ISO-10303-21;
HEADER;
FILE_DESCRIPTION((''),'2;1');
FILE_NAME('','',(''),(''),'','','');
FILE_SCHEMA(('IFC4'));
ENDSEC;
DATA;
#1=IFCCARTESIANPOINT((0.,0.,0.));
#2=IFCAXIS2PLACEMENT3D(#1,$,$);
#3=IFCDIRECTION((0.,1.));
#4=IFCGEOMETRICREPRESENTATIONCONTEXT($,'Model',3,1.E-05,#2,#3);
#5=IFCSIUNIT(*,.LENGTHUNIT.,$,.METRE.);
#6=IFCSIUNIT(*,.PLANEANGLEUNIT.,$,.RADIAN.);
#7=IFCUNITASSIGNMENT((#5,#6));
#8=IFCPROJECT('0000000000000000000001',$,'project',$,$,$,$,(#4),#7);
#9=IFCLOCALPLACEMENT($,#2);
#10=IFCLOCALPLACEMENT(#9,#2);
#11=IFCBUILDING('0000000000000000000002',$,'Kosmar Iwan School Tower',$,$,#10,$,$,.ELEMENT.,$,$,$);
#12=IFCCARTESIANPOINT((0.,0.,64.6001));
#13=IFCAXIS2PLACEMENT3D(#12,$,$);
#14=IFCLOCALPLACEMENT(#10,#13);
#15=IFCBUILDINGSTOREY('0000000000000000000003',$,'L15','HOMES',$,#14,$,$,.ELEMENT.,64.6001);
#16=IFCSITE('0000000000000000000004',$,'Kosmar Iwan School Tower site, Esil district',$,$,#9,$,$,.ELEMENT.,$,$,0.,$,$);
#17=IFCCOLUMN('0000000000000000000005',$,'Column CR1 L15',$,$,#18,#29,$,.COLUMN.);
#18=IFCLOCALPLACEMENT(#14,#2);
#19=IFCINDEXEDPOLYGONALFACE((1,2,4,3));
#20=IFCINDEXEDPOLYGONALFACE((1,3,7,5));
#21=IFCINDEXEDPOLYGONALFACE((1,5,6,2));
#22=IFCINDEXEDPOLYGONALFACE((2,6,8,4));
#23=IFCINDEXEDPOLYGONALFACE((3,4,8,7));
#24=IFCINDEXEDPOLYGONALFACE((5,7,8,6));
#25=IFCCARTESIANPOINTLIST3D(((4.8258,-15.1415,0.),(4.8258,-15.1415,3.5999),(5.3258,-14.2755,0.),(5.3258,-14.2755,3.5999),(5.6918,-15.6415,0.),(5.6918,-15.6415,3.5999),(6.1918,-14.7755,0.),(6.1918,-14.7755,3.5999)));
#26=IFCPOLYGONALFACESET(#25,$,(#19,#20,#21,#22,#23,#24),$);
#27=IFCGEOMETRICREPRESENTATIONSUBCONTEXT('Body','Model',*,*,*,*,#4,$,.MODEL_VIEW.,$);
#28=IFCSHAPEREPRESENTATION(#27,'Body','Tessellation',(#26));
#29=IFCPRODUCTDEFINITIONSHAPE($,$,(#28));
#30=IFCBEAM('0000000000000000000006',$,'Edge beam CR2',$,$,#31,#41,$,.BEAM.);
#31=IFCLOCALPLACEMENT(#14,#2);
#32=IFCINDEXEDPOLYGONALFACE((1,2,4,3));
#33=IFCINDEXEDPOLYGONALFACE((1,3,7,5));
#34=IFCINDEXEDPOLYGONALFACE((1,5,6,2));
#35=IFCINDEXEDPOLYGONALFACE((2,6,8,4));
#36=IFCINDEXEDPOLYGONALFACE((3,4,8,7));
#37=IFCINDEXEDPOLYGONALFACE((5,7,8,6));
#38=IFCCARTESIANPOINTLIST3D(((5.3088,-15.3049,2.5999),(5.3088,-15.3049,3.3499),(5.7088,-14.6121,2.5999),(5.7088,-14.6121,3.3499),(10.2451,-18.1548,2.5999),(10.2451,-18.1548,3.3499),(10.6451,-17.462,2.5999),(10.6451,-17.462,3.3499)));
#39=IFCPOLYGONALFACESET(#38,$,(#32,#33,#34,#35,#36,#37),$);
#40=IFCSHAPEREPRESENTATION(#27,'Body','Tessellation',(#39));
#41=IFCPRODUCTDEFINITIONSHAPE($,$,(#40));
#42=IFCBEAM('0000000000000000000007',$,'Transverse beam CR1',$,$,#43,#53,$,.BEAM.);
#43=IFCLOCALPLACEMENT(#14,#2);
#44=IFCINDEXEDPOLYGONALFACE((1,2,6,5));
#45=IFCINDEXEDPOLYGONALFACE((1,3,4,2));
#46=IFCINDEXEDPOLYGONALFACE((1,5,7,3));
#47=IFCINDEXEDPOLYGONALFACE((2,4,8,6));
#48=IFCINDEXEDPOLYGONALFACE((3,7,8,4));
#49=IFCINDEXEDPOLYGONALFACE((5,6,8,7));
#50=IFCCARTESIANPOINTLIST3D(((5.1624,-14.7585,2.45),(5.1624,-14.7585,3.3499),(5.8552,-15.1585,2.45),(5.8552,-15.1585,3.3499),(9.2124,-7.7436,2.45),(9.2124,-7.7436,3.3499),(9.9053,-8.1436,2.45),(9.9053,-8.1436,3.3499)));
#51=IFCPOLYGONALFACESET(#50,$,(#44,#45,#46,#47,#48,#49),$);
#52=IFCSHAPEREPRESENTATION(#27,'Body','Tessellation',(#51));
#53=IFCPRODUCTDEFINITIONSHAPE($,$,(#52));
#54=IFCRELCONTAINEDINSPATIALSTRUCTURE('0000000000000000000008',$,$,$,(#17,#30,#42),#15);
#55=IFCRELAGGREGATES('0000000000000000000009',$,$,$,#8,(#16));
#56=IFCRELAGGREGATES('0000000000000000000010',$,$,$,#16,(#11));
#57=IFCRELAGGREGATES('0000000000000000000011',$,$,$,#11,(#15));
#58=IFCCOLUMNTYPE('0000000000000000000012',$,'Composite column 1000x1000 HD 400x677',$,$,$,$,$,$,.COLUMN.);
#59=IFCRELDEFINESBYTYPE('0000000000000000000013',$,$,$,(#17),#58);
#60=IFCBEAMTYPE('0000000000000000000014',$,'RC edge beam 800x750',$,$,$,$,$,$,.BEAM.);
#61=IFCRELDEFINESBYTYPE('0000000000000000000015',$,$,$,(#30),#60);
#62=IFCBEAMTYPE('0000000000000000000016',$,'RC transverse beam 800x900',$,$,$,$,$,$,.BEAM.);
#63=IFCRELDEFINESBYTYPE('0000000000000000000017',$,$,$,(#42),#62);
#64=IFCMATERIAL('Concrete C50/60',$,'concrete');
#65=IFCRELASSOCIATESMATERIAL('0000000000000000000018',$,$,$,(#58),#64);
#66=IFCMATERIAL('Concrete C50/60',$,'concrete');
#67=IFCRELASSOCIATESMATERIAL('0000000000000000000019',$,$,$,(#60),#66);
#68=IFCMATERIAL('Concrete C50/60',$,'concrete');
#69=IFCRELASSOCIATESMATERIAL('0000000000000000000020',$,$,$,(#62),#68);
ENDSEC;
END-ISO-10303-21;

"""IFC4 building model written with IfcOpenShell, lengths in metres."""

from ifc_helpers import new_model, si_unit, direction, frame, origin, origin_2d, place, context, subcontext, project, spatial, rectangle, extrude, material, material_profile, profile_set, type_object, element, save


model = new_model("IFC4")

# Units and contexts
model_context = context("Model", 3, precision=1e-05, world=origin(), true_north=direction((0.0, 1.0)))
body_context = subcontext(model_context, "Body", "Model", "MODEL_VIEW")
ifc_project = project(units=[si_unit("LENGTHUNIT", "METRE"), si_unit("PLANEANGLEUNIT", "RADIAN")], contexts=[model_context])

# Site, building, storey
site_placement = place(None, origin())
site = spatial("IfcSite", under=ifc_project, at=site_placement, Name="Kosmar Iwan School Tower site, Esil district", CompositionType="ELEMENT", RefElevation=0.0)
building_placement = place(site_placement, origin())
building = spatial("IfcBuilding", under=site, at=building_placement, Name="Kosmar Iwan School Tower", CompositionType="ELEMENT")
storey_placement = place(building_placement, frame((0.0, 0.0, 64.6001)))
storey = spatial("IfcBuildingStorey", under=building, at=storey_placement, Name="L15", Description="HOMES", CompositionType="ELEMENT", Elevation=64.6001)

# Column
ifc_material_1 = material(Name="Concrete C50/60", Category="concrete")
ifc_material_profile_1 = material_profile(ifc_material_1, rectangle(XDim=1.0, YDim=1.0, at=origin_2d()), Name="RC 1000x1000 + HD 400x677")
ifc_profile_set_1 = profile_set([ifc_material_profile_1], Name="Concrete C50/60")
column_type = type_object("IfcColumnType", Name="Composite column 1000x1000 HD 400x677", PredefinedType="COLUMN", material=ifc_profile_set_1)
column_placement = place(storey_placement, frame((5.5088, -14.9585, 0.0), z_axis=(0.0, 0.0, 1.0), x_axis=(0.866025, -0.5, 0.0)))
element("IfcColumn", 1, at=column_placement, inside=storey, type_object=column_type, Name="Column CR1 L15", PredefinedType="COLUMN", context=body_context, shape_type="SweptSolid", body=[
    extrude(rectangle(XDim=1.0, YDim=1.0, at=origin_2d()), origin(), (0.0, 0.0, 1.0), 3.5999),
])

# Beams
ifc_material_2 = material(Name="Concrete C50/60", Category="concrete")
ifc_material_profile_2 = material_profile(ifc_material_2, rectangle(XDim=0.8, YDim=0.75, at=origin_2d()), Name="RC 800x750")
ifc_profile_set_2 = profile_set([ifc_material_profile_2], Name="Concrete C50/60")
beam_type_1 = type_object("IfcBeamType", Name="RC edge beam 800x750", PredefinedType="BEAM", material=ifc_profile_set_2)
beam_1_placement = place(storey_placement, frame((5.5088, -14.9585, 2.9749), z_axis=(0.866034, -0.499986, 0.0), x_axis=(0.499986, 0.866034, 0.0)))
element("IfcBeam", 2, at=beam_1_placement, inside=storey, type_object=beam_type_1, Name="Edge beam CR2", PredefinedType="BEAM", context=body_context, shape_type="SweptSolid", body=[
    extrude(rectangle(XDim=0.8, YDim=0.75, at=origin_2d()), origin(), (0.0, 0.0, 1.0), 5.7),
])
ifc_material_3 = material(Name="Concrete C50/60", Category="concrete")
ifc_material_profile_3 = material_profile(ifc_material_3, rectangle(XDim=0.8, YDim=0.8999, at=origin_2d()), Name="RC 800x900")
ifc_profile_set_3 = profile_set([ifc_material_profile_3], Name="Concrete C50/60")
beam_type_2 = type_object("IfcBeamType", Name="RC transverse beam 800x900", PredefinedType="BEAM", material=ifc_profile_set_3)
beam_2_placement = place(storey_placement, frame((5.5088, -14.9585, 2.8999), z_axis=(0.5, 0.866025, 0.0), x_axis=(-0.866025, 0.5, 0.0)))
element("IfcBeam", 3, at=beam_2_placement, inside=storey, type_object=beam_type_2, Name="Transverse beam CR1", PredefinedType="BEAM", context=body_context, shape_type="SweptSolid", body=[
    extrude(rectangle(XDim=0.8, YDim=0.8999, at=origin_2d()), origin(), (0.0, 0.0, 1.0), 8.1001),
])

save(model, "model.ifc")
